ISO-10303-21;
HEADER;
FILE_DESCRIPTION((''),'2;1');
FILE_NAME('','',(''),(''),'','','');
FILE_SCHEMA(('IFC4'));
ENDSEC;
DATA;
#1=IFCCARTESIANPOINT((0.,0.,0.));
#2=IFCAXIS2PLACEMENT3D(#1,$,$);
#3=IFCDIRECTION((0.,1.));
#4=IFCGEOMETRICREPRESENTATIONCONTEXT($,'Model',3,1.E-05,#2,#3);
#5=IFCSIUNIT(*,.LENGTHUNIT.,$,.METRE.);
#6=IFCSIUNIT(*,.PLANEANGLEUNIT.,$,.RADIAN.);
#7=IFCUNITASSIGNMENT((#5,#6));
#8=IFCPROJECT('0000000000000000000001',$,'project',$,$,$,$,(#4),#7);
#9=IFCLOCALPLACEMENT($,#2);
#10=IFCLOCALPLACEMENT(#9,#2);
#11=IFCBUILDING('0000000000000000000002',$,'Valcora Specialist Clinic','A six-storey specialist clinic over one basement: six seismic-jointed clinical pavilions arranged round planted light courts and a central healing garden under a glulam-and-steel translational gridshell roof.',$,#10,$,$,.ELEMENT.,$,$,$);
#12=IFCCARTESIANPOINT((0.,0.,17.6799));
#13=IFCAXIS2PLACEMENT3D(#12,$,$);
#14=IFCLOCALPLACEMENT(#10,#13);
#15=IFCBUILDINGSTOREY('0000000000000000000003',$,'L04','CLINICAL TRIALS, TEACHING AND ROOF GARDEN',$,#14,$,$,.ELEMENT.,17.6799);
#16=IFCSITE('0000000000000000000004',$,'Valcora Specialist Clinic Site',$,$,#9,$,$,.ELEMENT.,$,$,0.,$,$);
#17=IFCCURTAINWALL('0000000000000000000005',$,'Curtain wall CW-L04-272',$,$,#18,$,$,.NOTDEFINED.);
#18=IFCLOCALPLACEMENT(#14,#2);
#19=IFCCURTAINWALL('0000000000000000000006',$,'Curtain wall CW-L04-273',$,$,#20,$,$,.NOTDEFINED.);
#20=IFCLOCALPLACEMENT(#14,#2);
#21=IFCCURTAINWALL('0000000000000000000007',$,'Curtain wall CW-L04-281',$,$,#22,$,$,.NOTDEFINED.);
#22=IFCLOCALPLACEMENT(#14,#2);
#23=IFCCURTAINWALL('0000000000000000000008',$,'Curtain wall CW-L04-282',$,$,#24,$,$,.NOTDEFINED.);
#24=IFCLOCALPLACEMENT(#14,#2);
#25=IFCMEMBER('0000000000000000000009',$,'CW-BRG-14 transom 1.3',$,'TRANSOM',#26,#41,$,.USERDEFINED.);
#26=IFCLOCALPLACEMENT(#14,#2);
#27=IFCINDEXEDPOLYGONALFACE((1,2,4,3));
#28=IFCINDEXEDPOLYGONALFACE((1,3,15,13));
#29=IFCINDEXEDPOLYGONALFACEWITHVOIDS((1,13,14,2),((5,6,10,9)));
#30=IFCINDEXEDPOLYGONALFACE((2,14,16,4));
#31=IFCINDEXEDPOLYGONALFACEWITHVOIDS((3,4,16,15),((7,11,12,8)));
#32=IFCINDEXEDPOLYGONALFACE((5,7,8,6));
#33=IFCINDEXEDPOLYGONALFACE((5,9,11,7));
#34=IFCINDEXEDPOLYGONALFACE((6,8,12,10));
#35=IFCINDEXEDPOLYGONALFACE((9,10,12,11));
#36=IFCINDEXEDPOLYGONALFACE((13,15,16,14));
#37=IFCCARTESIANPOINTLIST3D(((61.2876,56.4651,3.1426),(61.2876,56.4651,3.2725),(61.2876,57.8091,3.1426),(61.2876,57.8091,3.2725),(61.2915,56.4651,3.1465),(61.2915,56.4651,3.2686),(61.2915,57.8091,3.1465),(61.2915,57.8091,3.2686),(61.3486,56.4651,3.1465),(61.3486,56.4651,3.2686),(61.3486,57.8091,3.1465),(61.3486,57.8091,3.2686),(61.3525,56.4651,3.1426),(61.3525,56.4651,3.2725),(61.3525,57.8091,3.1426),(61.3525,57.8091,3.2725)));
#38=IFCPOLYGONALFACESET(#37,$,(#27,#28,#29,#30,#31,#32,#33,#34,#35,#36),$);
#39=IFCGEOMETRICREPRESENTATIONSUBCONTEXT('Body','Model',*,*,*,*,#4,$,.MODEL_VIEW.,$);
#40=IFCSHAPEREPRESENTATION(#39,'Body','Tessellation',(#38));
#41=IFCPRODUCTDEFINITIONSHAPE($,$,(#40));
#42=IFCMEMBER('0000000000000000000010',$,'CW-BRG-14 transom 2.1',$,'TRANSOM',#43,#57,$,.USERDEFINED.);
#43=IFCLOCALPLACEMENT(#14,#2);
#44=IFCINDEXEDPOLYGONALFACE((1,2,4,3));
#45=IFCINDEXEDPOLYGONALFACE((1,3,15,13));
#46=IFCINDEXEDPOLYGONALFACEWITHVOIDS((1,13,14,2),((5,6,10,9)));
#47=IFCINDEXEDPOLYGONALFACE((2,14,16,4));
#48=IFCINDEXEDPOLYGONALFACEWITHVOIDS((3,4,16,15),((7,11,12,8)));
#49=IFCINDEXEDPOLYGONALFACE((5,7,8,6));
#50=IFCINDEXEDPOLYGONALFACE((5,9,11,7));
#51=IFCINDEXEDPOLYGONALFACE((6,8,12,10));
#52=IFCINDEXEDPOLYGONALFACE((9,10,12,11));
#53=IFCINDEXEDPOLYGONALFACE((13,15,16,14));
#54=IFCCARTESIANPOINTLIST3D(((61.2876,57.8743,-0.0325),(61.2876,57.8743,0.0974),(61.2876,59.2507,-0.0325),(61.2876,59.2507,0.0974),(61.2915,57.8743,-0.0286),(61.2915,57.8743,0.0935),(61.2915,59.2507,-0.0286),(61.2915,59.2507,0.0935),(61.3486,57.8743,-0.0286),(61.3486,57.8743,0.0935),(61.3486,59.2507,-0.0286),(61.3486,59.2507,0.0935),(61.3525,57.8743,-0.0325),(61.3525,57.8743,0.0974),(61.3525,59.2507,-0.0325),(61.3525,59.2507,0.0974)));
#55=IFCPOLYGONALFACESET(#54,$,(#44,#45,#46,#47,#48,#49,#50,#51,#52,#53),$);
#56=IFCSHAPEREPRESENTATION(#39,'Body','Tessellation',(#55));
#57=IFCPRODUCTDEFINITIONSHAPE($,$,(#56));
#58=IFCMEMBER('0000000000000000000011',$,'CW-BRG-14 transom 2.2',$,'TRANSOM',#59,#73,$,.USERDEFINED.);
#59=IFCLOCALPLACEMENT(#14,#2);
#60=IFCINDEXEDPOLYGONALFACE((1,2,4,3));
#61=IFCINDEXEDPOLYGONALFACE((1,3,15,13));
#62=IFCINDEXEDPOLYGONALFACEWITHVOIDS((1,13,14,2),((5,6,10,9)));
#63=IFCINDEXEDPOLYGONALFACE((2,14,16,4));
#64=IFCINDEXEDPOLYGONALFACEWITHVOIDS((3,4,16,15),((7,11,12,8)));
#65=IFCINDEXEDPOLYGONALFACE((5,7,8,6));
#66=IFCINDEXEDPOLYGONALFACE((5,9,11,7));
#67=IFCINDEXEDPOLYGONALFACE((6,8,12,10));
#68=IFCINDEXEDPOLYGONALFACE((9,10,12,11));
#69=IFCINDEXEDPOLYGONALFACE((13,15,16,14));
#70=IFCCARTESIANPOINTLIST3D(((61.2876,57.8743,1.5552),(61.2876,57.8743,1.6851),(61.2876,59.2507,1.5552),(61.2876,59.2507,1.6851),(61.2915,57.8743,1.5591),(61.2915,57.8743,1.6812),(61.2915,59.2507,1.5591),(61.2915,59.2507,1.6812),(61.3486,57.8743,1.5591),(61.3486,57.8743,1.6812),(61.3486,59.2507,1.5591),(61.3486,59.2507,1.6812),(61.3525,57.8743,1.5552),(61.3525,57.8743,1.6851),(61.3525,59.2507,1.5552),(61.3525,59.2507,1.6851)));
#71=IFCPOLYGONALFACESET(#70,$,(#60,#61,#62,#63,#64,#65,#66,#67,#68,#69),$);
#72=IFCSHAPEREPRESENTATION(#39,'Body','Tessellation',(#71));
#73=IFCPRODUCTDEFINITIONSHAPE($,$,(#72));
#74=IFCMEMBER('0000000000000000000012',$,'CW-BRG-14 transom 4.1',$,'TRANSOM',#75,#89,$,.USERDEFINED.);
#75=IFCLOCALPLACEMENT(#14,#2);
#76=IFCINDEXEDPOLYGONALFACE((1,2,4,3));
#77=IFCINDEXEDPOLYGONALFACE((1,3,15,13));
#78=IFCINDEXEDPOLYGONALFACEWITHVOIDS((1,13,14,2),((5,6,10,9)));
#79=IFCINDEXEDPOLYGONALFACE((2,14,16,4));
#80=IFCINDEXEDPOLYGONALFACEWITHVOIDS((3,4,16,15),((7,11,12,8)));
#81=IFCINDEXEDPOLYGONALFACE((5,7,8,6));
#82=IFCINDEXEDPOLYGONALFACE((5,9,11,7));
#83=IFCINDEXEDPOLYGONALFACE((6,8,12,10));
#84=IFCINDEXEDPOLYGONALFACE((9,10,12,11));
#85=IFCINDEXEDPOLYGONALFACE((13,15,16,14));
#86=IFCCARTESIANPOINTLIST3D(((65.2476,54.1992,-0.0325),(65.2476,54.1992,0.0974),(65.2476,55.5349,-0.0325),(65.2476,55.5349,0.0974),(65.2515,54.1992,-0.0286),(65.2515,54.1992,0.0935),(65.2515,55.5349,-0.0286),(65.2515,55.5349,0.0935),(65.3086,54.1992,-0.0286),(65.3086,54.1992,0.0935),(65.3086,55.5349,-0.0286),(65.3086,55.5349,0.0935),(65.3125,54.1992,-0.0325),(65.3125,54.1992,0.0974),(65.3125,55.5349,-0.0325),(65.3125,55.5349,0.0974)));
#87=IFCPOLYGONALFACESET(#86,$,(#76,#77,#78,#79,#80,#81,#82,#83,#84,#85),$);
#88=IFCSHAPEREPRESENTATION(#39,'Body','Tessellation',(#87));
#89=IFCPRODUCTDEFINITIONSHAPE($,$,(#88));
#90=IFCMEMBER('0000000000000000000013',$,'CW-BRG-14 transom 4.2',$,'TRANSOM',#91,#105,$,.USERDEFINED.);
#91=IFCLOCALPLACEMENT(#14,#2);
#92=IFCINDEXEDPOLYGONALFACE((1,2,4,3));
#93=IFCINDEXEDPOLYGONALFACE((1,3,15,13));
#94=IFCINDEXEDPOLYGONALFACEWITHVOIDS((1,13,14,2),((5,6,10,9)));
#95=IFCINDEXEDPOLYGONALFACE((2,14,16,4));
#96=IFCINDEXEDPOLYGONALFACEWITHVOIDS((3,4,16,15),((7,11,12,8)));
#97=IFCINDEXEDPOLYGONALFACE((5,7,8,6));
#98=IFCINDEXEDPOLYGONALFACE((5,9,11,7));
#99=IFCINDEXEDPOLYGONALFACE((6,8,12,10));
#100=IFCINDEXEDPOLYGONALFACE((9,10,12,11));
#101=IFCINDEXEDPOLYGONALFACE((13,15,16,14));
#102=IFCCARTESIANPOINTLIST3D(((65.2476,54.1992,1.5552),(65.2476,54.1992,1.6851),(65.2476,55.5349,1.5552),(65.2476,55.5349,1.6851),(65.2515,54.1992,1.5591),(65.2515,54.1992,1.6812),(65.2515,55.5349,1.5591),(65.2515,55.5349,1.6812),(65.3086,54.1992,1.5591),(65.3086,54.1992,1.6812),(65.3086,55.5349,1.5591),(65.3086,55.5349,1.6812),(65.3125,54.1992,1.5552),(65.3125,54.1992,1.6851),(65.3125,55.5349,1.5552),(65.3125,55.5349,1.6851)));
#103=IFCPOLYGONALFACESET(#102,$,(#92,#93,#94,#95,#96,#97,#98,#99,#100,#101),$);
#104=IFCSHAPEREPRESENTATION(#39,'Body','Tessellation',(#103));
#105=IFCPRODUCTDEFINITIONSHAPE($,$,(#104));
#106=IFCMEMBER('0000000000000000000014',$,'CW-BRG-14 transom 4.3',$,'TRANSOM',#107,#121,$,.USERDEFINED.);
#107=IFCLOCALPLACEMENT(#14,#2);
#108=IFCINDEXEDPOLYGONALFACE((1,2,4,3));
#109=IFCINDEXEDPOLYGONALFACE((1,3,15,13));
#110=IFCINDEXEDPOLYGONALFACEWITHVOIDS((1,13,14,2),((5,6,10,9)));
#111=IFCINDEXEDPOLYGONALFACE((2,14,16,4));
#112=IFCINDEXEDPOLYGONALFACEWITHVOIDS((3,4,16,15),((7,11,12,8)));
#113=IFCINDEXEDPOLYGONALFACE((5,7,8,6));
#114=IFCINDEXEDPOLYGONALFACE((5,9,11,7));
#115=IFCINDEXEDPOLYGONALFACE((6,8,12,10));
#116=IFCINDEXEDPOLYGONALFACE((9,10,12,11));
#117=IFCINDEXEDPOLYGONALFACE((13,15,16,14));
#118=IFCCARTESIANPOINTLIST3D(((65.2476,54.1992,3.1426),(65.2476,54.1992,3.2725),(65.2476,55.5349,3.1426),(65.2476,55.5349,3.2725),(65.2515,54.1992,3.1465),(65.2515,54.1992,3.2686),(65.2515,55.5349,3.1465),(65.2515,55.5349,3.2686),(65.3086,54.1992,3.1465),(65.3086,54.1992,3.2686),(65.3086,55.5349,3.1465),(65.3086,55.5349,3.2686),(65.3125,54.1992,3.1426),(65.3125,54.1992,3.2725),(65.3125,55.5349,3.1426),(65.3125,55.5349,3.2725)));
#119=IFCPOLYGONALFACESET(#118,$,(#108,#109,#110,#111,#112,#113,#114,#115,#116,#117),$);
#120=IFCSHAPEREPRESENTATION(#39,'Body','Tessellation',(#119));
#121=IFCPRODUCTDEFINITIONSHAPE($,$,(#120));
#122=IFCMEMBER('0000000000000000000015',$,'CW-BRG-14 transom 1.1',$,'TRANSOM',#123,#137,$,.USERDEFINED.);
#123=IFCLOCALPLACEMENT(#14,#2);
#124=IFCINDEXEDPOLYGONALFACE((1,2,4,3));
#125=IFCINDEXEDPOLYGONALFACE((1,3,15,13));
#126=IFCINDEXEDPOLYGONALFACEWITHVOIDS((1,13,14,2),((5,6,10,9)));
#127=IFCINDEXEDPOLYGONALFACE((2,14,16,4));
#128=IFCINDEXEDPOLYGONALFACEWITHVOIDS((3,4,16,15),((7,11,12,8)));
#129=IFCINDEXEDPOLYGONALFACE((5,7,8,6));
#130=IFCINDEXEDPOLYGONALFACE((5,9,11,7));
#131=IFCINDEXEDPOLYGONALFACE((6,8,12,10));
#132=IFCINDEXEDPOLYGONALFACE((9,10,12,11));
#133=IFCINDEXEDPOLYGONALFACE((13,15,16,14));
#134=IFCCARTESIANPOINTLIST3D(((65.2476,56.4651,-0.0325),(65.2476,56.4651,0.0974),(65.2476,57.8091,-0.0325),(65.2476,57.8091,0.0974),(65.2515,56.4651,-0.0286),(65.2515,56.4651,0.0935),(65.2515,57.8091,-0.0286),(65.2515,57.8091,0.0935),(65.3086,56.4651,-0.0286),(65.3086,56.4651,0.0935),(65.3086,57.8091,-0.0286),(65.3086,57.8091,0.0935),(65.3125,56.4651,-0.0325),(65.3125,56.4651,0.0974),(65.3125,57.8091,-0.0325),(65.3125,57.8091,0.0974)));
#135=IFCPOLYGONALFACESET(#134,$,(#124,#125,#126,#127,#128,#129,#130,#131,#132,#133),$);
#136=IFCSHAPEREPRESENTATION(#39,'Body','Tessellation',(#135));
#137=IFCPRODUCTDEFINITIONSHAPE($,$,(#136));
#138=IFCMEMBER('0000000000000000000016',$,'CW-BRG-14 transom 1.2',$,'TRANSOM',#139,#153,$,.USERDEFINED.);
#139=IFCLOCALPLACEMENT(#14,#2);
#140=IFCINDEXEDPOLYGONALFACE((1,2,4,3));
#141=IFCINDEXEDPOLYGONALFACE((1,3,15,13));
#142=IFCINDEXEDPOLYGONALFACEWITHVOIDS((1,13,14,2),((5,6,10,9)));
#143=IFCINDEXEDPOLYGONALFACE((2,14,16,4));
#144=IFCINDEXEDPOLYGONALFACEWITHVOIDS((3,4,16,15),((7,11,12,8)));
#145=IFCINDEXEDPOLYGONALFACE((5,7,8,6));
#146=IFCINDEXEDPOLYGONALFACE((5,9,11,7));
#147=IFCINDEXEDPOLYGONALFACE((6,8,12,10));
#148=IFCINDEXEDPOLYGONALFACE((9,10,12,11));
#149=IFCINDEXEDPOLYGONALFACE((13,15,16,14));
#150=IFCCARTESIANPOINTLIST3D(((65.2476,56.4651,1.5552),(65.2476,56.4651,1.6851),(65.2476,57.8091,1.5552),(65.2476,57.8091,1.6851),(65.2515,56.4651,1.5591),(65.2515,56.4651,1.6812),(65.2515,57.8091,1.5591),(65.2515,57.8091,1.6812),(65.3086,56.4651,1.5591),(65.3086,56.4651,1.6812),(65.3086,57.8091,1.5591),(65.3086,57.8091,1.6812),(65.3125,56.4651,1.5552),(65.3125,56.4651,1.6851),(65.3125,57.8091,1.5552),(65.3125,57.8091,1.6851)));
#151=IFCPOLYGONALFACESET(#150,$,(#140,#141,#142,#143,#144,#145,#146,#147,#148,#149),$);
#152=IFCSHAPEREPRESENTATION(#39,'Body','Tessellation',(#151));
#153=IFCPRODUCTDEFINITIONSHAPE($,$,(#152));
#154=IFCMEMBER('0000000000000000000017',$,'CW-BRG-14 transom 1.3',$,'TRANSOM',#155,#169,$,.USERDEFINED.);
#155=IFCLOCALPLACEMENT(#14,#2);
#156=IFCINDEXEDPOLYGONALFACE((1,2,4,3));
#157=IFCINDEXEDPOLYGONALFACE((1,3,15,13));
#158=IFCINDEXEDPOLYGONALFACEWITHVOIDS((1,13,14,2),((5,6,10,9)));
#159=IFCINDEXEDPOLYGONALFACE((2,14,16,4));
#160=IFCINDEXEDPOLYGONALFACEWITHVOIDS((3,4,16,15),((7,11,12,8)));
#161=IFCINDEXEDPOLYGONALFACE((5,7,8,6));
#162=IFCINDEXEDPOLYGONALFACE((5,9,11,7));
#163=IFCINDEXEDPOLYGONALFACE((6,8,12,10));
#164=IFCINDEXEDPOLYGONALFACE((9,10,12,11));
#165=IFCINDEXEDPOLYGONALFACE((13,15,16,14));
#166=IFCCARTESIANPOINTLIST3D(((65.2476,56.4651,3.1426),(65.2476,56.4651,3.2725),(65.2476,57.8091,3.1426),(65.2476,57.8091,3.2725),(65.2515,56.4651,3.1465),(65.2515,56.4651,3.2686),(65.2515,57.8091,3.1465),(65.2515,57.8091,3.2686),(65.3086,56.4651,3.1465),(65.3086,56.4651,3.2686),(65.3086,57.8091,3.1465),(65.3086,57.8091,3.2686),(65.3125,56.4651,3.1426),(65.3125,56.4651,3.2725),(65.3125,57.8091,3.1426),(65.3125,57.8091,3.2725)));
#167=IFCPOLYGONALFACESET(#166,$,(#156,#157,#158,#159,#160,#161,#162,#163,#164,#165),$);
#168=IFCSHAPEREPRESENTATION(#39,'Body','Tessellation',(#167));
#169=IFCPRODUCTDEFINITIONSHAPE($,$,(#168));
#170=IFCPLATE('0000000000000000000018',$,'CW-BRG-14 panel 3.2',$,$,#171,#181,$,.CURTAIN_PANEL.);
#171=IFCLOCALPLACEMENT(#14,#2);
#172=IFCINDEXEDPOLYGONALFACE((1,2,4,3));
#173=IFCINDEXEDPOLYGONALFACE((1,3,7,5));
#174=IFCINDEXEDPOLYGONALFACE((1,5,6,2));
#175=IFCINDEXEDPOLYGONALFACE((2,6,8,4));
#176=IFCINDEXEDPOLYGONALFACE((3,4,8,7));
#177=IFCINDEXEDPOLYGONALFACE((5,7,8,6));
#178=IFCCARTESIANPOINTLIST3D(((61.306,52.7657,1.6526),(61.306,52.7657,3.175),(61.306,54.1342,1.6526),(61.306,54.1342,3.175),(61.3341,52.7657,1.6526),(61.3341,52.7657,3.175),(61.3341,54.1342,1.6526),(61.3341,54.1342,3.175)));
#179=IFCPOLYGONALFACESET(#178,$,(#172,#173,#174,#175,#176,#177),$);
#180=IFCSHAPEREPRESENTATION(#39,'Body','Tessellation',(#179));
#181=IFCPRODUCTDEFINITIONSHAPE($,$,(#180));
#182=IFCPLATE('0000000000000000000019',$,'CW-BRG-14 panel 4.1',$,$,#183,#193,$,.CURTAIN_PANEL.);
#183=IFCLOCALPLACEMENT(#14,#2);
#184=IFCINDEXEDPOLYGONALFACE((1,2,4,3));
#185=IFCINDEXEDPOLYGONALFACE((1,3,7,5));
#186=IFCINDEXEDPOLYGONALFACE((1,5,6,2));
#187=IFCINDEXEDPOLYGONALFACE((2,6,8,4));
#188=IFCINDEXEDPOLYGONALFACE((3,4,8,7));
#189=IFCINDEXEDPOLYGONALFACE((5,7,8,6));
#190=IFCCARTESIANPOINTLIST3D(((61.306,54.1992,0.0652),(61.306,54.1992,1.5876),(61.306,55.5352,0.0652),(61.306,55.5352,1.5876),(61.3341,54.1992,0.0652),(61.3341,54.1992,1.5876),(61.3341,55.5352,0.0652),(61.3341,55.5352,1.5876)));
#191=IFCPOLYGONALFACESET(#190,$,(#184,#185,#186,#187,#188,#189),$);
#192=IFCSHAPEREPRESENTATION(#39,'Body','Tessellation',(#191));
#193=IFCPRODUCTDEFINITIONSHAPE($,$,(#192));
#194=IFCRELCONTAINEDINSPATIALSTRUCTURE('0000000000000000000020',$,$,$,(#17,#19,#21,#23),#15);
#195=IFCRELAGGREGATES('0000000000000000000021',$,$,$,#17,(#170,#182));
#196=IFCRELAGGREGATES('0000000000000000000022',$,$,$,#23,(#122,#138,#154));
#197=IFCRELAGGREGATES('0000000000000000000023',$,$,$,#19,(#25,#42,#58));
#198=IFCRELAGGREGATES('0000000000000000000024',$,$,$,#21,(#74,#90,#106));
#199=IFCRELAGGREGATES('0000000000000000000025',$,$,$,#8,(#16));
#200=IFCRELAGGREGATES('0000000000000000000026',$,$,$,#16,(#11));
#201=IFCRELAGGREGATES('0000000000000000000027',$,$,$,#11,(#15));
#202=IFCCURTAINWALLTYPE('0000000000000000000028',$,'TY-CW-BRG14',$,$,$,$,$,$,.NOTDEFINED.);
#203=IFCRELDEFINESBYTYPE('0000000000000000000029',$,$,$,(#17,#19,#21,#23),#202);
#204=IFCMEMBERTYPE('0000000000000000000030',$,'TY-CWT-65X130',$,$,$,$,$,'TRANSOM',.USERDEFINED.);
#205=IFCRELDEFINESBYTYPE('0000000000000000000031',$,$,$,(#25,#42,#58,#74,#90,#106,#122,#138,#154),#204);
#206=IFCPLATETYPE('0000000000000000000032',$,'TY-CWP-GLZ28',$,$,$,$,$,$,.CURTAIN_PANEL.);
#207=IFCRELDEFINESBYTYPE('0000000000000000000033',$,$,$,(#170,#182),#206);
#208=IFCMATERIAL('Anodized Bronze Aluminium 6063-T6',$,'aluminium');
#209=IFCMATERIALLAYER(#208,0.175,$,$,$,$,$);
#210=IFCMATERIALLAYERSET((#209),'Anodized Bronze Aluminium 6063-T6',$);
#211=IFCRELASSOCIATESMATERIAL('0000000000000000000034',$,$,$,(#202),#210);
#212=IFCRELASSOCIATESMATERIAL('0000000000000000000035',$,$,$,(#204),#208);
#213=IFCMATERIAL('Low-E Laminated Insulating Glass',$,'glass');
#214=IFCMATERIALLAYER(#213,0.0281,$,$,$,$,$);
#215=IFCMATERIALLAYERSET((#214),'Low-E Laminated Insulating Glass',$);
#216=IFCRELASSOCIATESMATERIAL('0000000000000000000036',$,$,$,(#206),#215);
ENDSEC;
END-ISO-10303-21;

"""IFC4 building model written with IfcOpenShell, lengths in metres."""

from ifc_helpers import new_model, si_unit, direction, frame, origin, origin_2d, place, context, subcontext, project, spatial, rectangle, hollow_rectangle, extrude, material, layer, layer_set, material_profile, profile_set, type_object, element, aggregate, save


model = new_model("IFC4")

# Units and contexts
model_context = context("Model", 3, precision=1e-05, world=origin(), true_north=direction((0.0, 1.0)))
body_context = subcontext(model_context, "Body", "Model", "MODEL_VIEW")
ifc_project = project(units=[si_unit("LENGTHUNIT", "METRE"), si_unit("PLANEANGLEUNIT", "RADIAN")], contexts=[model_context])

# Site, building, storey
site_placement = place(None, origin())
site = spatial("IfcSite", under=ifc_project, at=site_placement, Name="Valcora Specialist Clinic Site", CompositionType="ELEMENT", RefElevation=0.0)
building_placement = place(site_placement, origin())
building = spatial("IfcBuilding", under=site, at=building_placement, Name="Valcora Specialist Clinic", Description="A six-storey specialist clinic over one basement: six seismic-jointed clinical pavilions arranged round planted light courts and a central healing garden under a glulam-and-steel translational gridshell roof.", CompositionType="ELEMENT")
storey_placement = place(building_placement, frame((0.0, 0.0, 17.6799)))
storey = spatial("IfcBuildingStorey", under=building, at=storey_placement, Name="L04", Description="CLINICAL TRIALS, TEACHING AND ROOF GARDEN", CompositionType="ELEMENT", Elevation=17.6799)

# Curtain walls
ifc_material_1 = material(Name="Anodized Bronze Aluminium 6063-T6", Category="aluminium")
ifc_layer_1 = layer(ifc_material_1, 0.175)
ifc_layer_set_1 = layer_set([ifc_layer_1], Name="Anodized Bronze Aluminium 6063-T6")
curtain_wall_type = type_object("IfcCurtainWallType", Name="TY-CW-BRG14", PredefinedType="NOTDEFINED", material=ifc_layer_set_1)
curtain_wall_1_placement = place(storey_placement, origin())
curtain_wall_1 = element("IfcCurtainWall", 1, at=curtain_wall_1_placement, inside=storey, type_object=curtain_wall_type, Name="Curtain wall CW-L04-272", PredefinedType="NOTDEFINED")
curtain_wall_2_placement = place(storey_placement, origin())
curtain_wall_2 = element("IfcCurtainWall", 2, at=curtain_wall_2_placement, inside=storey, type_object=curtain_wall_type, Name="Curtain wall CW-L04-273", PredefinedType="NOTDEFINED")
curtain_wall_3_placement = place(storey_placement, origin())
curtain_wall_3 = element("IfcCurtainWall", 3, at=curtain_wall_3_placement, inside=storey, type_object=curtain_wall_type, Name="Curtain wall CW-L04-281", PredefinedType="NOTDEFINED")
curtain_wall_4_placement = place(storey_placement, origin())
curtain_wall_4 = element("IfcCurtainWall", 4, at=curtain_wall_4_placement, inside=storey, type_object=curtain_wall_type, Name="Curtain wall CW-L04-282", PredefinedType="NOTDEFINED")

# Members
ifc_material_profile_1 = material_profile(ifc_material_1, hollow_rectangle(XDim=0.0649, YDim=0.1299, WallThickness=0.0039, at=origin_2d()), Name="AL-TRN-65X130")
ifc_profile_set_1 = profile_set([ifc_material_profile_1], Name="Anodized Bronze Aluminium 6063-T6")
member_type_1 = type_object("IfcMemberType", Name="TY-CWT-65X130", ElementType="TRANSOM", PredefinedType="USERDEFINED", material=ifc_profile_set_1)
member_1_placement = place(storey_placement, frame((61.3201, 56.4651, 3.2075), z_axis=(0.0, 1.0, 0.0), x_axis=(-1.0, 0.0, 0.0)))
member_1 = element("IfcMember", 5, at=member_1_placement, type_object=member_type_1, Name="CW-BRG-14 transom 1.3", ObjectType="TRANSOM", PredefinedType="USERDEFINED", context=body_context, shape_type="SweptSolid", body=[
    extrude(hollow_rectangle(XDim=0.0649, YDim=0.1299, WallThickness=0.0039, at=origin_2d()), origin(), (0.0, 0.0, 1.0), 1.344),
])
member_2_placement = place(storey_placement, frame((61.3201, 57.8743, 0.0325), z_axis=(0.0, 1.0, 0.0), x_axis=(-1.0, 0.0, 0.0)))
member_2 = element("IfcMember", 6, at=member_2_placement, type_object=member_type_1, Name="CW-BRG-14 transom 2.1", ObjectType="TRANSOM", PredefinedType="USERDEFINED", context=body_context, shape_type="SweptSolid", body=[
    extrude(hollow_rectangle(XDim=0.0649, YDim=0.1299, WallThickness=0.0039, at=origin_2d()), origin(), (0.0, 0.0, 1.0), 1.3765),
])
member_3_placement = place(storey_placement, frame((61.3201, 57.8743, 1.6201), z_axis=(0.0, 1.0, 0.0), x_axis=(-1.0, 0.0, 0.0)))
member_3 = element("IfcMember", 7, at=member_3_placement, type_object=member_type_1, Name="CW-BRG-14 transom 2.2", ObjectType="TRANSOM", PredefinedType="USERDEFINED", context=body_context, shape_type="SweptSolid", body=[
    extrude(hollow_rectangle(XDim=0.0649, YDim=0.1299, WallThickness=0.0039, at=origin_2d()), origin(), (0.0, 0.0, 1.0), 1.3765),
])
member_4_placement = place(storey_placement, frame((65.28, 54.1992, 0.0325), z_axis=(0.0, 1.0, 0.0), x_axis=(-1.0, 0.0, 0.0)))
member_4 = element("IfcMember", 8, at=member_4_placement, type_object=member_type_1, Name="CW-BRG-14 transom 4.1", ObjectType="TRANSOM", PredefinedType="USERDEFINED", context=body_context, shape_type="SweptSolid", body=[
    extrude(hollow_rectangle(XDim=0.0649, YDim=0.1299, WallThickness=0.0039, at=origin_2d()), origin(), (0.0, 0.0, 1.0), 1.3357),
])
member_5_placement = place(storey_placement, frame((65.28, 54.1992, 1.6201), z_axis=(0.0, 1.0, 0.0), x_axis=(-1.0, 0.0, 0.0)))
member_5 = element("IfcMember", 9, at=member_5_placement, type_object=member_type_1, Name="CW-BRG-14 transom 4.2", ObjectType="TRANSOM", PredefinedType="USERDEFINED", context=body_context, shape_type="SweptSolid", body=[
    extrude(hollow_rectangle(XDim=0.0649, YDim=0.1299, WallThickness=0.0039, at=origin_2d()), origin(), (0.0, 0.0, 1.0), 1.3357),
])
member_6_placement = place(storey_placement, frame((65.28, 54.1992, 3.2075), z_axis=(0.0, 1.0, 0.0), x_axis=(-1.0, 0.0, 0.0)))
member_6 = element("IfcMember", 10, at=member_6_placement, type_object=member_type_1, Name="CW-BRG-14 transom 4.3", ObjectType="TRANSOM", PredefinedType="USERDEFINED", context=body_context, shape_type="SweptSolid", body=[
    extrude(hollow_rectangle(XDim=0.0649, YDim=0.1299, WallThickness=0.0039, at=origin_2d()), origin(), (0.0, 0.0, 1.0), 1.3357),
])
member_7_placement = place(storey_placement, frame((65.28, 56.4651, 0.0325), z_axis=(0.0, 1.0, 0.0), x_axis=(-1.0, 0.0, 0.0)))
member_7 = element("IfcMember", 11, at=member_7_placement, type_object=member_type_1, Name="CW-BRG-14 transom 1.1", ObjectType="TRANSOM", PredefinedType="USERDEFINED", context=body_context, shape_type="SweptSolid", body=[
    extrude(hollow_rectangle(XDim=0.0649, YDim=0.1299, WallThickness=0.0039, at=origin_2d()), origin(), (0.0, 0.0, 1.0), 1.344),
])
member_8_placement = place(storey_placement, frame((65.28, 56.4651, 1.6201), z_axis=(0.0, 1.0, 0.0), x_axis=(-1.0, 0.0, 0.0)))
member_8 = element("IfcMember", 12, at=member_8_placement, type_object=member_type_1, Name="CW-BRG-14 transom 1.2", ObjectType="TRANSOM", PredefinedType="USERDEFINED", context=body_context, shape_type="SweptSolid", body=[
    extrude(hollow_rectangle(XDim=0.0649, YDim=0.1299, WallThickness=0.0039, at=origin_2d()), origin(), (0.0, 0.0, 1.0), 1.344),
])
member_9_placement = place(storey_placement, frame((65.28, 56.4651, 3.2075), z_axis=(0.0, 1.0, 0.0), x_axis=(-1.0, 0.0, 0.0)))
member_9 = element("IfcMember", 13, at=member_9_placement, type_object=member_type_1, Name="CW-BRG-14 transom 1.3", ObjectType="TRANSOM", PredefinedType="USERDEFINED", context=body_context, shape_type="SweptSolid", body=[
    extrude(hollow_rectangle(XDim=0.0649, YDim=0.1299, WallThickness=0.0039, at=origin_2d()), origin(), (0.0, 0.0, 1.0), 1.344),
])

# Plates
ifc_material_2 = material(Name="Low-E Laminated Insulating Glass", Category="glass")
ifc_layer_2 = layer(ifc_material_2, 0.0281)
ifc_layer_set_2 = layer_set([ifc_layer_2], Name="Low-E Laminated Insulating Glass")
plate_type_1 = type_object("IfcPlateType", Name="TY-CWP-GLZ28", PredefinedType="CURTAIN_PANEL", material=ifc_layer_set_2)
plate_1_placement = place(storey_placement, frame((61.3201, 53.45, 1.6526), z_axis=(0.0, 0.0, 1.0), x_axis=(0.0, 1.0, 0.0)))
plate_1 = element("IfcPlate", 14, at=plate_1_placement, type_object=plate_type_1, Name="CW-BRG-14 panel 3.2", PredefinedType="CURTAIN_PANEL", context=body_context, shape_type="SweptSolid", body=[
    extrude(rectangle(XDim=1.3684, YDim=0.0281, at=origin_2d()), origin(), (0.0, 0.0, 1.0), 1.5225),
])
plate_2_placement = place(storey_placement, frame((61.3201, 54.8672, 0.0652), z_axis=(0.0, 0.0, 1.0), x_axis=(0.0, 1.0, 0.0)))
plate_2 = element("IfcPlate", 15, at=plate_2_placement, type_object=plate_type_1, Name="CW-BRG-14 panel 4.1", PredefinedType="CURTAIN_PANEL", context=body_context, shape_type="SweptSolid", body=[
    extrude(rectangle(XDim=1.3359, YDim=0.0281, at=origin_2d()), origin(), (0.0, 0.0, 1.0), 1.5225),
])
aggregate(curtain_wall_1, [plate_1, plate_2])
aggregate(curtain_wall_4, [member_7, member_8, member_9])
aggregate(curtain_wall_2, [member_1, member_2, member_3])
aggregate(curtain_wall_3, [member_4, member_5, member_6])

save(model, "model.ifc")
